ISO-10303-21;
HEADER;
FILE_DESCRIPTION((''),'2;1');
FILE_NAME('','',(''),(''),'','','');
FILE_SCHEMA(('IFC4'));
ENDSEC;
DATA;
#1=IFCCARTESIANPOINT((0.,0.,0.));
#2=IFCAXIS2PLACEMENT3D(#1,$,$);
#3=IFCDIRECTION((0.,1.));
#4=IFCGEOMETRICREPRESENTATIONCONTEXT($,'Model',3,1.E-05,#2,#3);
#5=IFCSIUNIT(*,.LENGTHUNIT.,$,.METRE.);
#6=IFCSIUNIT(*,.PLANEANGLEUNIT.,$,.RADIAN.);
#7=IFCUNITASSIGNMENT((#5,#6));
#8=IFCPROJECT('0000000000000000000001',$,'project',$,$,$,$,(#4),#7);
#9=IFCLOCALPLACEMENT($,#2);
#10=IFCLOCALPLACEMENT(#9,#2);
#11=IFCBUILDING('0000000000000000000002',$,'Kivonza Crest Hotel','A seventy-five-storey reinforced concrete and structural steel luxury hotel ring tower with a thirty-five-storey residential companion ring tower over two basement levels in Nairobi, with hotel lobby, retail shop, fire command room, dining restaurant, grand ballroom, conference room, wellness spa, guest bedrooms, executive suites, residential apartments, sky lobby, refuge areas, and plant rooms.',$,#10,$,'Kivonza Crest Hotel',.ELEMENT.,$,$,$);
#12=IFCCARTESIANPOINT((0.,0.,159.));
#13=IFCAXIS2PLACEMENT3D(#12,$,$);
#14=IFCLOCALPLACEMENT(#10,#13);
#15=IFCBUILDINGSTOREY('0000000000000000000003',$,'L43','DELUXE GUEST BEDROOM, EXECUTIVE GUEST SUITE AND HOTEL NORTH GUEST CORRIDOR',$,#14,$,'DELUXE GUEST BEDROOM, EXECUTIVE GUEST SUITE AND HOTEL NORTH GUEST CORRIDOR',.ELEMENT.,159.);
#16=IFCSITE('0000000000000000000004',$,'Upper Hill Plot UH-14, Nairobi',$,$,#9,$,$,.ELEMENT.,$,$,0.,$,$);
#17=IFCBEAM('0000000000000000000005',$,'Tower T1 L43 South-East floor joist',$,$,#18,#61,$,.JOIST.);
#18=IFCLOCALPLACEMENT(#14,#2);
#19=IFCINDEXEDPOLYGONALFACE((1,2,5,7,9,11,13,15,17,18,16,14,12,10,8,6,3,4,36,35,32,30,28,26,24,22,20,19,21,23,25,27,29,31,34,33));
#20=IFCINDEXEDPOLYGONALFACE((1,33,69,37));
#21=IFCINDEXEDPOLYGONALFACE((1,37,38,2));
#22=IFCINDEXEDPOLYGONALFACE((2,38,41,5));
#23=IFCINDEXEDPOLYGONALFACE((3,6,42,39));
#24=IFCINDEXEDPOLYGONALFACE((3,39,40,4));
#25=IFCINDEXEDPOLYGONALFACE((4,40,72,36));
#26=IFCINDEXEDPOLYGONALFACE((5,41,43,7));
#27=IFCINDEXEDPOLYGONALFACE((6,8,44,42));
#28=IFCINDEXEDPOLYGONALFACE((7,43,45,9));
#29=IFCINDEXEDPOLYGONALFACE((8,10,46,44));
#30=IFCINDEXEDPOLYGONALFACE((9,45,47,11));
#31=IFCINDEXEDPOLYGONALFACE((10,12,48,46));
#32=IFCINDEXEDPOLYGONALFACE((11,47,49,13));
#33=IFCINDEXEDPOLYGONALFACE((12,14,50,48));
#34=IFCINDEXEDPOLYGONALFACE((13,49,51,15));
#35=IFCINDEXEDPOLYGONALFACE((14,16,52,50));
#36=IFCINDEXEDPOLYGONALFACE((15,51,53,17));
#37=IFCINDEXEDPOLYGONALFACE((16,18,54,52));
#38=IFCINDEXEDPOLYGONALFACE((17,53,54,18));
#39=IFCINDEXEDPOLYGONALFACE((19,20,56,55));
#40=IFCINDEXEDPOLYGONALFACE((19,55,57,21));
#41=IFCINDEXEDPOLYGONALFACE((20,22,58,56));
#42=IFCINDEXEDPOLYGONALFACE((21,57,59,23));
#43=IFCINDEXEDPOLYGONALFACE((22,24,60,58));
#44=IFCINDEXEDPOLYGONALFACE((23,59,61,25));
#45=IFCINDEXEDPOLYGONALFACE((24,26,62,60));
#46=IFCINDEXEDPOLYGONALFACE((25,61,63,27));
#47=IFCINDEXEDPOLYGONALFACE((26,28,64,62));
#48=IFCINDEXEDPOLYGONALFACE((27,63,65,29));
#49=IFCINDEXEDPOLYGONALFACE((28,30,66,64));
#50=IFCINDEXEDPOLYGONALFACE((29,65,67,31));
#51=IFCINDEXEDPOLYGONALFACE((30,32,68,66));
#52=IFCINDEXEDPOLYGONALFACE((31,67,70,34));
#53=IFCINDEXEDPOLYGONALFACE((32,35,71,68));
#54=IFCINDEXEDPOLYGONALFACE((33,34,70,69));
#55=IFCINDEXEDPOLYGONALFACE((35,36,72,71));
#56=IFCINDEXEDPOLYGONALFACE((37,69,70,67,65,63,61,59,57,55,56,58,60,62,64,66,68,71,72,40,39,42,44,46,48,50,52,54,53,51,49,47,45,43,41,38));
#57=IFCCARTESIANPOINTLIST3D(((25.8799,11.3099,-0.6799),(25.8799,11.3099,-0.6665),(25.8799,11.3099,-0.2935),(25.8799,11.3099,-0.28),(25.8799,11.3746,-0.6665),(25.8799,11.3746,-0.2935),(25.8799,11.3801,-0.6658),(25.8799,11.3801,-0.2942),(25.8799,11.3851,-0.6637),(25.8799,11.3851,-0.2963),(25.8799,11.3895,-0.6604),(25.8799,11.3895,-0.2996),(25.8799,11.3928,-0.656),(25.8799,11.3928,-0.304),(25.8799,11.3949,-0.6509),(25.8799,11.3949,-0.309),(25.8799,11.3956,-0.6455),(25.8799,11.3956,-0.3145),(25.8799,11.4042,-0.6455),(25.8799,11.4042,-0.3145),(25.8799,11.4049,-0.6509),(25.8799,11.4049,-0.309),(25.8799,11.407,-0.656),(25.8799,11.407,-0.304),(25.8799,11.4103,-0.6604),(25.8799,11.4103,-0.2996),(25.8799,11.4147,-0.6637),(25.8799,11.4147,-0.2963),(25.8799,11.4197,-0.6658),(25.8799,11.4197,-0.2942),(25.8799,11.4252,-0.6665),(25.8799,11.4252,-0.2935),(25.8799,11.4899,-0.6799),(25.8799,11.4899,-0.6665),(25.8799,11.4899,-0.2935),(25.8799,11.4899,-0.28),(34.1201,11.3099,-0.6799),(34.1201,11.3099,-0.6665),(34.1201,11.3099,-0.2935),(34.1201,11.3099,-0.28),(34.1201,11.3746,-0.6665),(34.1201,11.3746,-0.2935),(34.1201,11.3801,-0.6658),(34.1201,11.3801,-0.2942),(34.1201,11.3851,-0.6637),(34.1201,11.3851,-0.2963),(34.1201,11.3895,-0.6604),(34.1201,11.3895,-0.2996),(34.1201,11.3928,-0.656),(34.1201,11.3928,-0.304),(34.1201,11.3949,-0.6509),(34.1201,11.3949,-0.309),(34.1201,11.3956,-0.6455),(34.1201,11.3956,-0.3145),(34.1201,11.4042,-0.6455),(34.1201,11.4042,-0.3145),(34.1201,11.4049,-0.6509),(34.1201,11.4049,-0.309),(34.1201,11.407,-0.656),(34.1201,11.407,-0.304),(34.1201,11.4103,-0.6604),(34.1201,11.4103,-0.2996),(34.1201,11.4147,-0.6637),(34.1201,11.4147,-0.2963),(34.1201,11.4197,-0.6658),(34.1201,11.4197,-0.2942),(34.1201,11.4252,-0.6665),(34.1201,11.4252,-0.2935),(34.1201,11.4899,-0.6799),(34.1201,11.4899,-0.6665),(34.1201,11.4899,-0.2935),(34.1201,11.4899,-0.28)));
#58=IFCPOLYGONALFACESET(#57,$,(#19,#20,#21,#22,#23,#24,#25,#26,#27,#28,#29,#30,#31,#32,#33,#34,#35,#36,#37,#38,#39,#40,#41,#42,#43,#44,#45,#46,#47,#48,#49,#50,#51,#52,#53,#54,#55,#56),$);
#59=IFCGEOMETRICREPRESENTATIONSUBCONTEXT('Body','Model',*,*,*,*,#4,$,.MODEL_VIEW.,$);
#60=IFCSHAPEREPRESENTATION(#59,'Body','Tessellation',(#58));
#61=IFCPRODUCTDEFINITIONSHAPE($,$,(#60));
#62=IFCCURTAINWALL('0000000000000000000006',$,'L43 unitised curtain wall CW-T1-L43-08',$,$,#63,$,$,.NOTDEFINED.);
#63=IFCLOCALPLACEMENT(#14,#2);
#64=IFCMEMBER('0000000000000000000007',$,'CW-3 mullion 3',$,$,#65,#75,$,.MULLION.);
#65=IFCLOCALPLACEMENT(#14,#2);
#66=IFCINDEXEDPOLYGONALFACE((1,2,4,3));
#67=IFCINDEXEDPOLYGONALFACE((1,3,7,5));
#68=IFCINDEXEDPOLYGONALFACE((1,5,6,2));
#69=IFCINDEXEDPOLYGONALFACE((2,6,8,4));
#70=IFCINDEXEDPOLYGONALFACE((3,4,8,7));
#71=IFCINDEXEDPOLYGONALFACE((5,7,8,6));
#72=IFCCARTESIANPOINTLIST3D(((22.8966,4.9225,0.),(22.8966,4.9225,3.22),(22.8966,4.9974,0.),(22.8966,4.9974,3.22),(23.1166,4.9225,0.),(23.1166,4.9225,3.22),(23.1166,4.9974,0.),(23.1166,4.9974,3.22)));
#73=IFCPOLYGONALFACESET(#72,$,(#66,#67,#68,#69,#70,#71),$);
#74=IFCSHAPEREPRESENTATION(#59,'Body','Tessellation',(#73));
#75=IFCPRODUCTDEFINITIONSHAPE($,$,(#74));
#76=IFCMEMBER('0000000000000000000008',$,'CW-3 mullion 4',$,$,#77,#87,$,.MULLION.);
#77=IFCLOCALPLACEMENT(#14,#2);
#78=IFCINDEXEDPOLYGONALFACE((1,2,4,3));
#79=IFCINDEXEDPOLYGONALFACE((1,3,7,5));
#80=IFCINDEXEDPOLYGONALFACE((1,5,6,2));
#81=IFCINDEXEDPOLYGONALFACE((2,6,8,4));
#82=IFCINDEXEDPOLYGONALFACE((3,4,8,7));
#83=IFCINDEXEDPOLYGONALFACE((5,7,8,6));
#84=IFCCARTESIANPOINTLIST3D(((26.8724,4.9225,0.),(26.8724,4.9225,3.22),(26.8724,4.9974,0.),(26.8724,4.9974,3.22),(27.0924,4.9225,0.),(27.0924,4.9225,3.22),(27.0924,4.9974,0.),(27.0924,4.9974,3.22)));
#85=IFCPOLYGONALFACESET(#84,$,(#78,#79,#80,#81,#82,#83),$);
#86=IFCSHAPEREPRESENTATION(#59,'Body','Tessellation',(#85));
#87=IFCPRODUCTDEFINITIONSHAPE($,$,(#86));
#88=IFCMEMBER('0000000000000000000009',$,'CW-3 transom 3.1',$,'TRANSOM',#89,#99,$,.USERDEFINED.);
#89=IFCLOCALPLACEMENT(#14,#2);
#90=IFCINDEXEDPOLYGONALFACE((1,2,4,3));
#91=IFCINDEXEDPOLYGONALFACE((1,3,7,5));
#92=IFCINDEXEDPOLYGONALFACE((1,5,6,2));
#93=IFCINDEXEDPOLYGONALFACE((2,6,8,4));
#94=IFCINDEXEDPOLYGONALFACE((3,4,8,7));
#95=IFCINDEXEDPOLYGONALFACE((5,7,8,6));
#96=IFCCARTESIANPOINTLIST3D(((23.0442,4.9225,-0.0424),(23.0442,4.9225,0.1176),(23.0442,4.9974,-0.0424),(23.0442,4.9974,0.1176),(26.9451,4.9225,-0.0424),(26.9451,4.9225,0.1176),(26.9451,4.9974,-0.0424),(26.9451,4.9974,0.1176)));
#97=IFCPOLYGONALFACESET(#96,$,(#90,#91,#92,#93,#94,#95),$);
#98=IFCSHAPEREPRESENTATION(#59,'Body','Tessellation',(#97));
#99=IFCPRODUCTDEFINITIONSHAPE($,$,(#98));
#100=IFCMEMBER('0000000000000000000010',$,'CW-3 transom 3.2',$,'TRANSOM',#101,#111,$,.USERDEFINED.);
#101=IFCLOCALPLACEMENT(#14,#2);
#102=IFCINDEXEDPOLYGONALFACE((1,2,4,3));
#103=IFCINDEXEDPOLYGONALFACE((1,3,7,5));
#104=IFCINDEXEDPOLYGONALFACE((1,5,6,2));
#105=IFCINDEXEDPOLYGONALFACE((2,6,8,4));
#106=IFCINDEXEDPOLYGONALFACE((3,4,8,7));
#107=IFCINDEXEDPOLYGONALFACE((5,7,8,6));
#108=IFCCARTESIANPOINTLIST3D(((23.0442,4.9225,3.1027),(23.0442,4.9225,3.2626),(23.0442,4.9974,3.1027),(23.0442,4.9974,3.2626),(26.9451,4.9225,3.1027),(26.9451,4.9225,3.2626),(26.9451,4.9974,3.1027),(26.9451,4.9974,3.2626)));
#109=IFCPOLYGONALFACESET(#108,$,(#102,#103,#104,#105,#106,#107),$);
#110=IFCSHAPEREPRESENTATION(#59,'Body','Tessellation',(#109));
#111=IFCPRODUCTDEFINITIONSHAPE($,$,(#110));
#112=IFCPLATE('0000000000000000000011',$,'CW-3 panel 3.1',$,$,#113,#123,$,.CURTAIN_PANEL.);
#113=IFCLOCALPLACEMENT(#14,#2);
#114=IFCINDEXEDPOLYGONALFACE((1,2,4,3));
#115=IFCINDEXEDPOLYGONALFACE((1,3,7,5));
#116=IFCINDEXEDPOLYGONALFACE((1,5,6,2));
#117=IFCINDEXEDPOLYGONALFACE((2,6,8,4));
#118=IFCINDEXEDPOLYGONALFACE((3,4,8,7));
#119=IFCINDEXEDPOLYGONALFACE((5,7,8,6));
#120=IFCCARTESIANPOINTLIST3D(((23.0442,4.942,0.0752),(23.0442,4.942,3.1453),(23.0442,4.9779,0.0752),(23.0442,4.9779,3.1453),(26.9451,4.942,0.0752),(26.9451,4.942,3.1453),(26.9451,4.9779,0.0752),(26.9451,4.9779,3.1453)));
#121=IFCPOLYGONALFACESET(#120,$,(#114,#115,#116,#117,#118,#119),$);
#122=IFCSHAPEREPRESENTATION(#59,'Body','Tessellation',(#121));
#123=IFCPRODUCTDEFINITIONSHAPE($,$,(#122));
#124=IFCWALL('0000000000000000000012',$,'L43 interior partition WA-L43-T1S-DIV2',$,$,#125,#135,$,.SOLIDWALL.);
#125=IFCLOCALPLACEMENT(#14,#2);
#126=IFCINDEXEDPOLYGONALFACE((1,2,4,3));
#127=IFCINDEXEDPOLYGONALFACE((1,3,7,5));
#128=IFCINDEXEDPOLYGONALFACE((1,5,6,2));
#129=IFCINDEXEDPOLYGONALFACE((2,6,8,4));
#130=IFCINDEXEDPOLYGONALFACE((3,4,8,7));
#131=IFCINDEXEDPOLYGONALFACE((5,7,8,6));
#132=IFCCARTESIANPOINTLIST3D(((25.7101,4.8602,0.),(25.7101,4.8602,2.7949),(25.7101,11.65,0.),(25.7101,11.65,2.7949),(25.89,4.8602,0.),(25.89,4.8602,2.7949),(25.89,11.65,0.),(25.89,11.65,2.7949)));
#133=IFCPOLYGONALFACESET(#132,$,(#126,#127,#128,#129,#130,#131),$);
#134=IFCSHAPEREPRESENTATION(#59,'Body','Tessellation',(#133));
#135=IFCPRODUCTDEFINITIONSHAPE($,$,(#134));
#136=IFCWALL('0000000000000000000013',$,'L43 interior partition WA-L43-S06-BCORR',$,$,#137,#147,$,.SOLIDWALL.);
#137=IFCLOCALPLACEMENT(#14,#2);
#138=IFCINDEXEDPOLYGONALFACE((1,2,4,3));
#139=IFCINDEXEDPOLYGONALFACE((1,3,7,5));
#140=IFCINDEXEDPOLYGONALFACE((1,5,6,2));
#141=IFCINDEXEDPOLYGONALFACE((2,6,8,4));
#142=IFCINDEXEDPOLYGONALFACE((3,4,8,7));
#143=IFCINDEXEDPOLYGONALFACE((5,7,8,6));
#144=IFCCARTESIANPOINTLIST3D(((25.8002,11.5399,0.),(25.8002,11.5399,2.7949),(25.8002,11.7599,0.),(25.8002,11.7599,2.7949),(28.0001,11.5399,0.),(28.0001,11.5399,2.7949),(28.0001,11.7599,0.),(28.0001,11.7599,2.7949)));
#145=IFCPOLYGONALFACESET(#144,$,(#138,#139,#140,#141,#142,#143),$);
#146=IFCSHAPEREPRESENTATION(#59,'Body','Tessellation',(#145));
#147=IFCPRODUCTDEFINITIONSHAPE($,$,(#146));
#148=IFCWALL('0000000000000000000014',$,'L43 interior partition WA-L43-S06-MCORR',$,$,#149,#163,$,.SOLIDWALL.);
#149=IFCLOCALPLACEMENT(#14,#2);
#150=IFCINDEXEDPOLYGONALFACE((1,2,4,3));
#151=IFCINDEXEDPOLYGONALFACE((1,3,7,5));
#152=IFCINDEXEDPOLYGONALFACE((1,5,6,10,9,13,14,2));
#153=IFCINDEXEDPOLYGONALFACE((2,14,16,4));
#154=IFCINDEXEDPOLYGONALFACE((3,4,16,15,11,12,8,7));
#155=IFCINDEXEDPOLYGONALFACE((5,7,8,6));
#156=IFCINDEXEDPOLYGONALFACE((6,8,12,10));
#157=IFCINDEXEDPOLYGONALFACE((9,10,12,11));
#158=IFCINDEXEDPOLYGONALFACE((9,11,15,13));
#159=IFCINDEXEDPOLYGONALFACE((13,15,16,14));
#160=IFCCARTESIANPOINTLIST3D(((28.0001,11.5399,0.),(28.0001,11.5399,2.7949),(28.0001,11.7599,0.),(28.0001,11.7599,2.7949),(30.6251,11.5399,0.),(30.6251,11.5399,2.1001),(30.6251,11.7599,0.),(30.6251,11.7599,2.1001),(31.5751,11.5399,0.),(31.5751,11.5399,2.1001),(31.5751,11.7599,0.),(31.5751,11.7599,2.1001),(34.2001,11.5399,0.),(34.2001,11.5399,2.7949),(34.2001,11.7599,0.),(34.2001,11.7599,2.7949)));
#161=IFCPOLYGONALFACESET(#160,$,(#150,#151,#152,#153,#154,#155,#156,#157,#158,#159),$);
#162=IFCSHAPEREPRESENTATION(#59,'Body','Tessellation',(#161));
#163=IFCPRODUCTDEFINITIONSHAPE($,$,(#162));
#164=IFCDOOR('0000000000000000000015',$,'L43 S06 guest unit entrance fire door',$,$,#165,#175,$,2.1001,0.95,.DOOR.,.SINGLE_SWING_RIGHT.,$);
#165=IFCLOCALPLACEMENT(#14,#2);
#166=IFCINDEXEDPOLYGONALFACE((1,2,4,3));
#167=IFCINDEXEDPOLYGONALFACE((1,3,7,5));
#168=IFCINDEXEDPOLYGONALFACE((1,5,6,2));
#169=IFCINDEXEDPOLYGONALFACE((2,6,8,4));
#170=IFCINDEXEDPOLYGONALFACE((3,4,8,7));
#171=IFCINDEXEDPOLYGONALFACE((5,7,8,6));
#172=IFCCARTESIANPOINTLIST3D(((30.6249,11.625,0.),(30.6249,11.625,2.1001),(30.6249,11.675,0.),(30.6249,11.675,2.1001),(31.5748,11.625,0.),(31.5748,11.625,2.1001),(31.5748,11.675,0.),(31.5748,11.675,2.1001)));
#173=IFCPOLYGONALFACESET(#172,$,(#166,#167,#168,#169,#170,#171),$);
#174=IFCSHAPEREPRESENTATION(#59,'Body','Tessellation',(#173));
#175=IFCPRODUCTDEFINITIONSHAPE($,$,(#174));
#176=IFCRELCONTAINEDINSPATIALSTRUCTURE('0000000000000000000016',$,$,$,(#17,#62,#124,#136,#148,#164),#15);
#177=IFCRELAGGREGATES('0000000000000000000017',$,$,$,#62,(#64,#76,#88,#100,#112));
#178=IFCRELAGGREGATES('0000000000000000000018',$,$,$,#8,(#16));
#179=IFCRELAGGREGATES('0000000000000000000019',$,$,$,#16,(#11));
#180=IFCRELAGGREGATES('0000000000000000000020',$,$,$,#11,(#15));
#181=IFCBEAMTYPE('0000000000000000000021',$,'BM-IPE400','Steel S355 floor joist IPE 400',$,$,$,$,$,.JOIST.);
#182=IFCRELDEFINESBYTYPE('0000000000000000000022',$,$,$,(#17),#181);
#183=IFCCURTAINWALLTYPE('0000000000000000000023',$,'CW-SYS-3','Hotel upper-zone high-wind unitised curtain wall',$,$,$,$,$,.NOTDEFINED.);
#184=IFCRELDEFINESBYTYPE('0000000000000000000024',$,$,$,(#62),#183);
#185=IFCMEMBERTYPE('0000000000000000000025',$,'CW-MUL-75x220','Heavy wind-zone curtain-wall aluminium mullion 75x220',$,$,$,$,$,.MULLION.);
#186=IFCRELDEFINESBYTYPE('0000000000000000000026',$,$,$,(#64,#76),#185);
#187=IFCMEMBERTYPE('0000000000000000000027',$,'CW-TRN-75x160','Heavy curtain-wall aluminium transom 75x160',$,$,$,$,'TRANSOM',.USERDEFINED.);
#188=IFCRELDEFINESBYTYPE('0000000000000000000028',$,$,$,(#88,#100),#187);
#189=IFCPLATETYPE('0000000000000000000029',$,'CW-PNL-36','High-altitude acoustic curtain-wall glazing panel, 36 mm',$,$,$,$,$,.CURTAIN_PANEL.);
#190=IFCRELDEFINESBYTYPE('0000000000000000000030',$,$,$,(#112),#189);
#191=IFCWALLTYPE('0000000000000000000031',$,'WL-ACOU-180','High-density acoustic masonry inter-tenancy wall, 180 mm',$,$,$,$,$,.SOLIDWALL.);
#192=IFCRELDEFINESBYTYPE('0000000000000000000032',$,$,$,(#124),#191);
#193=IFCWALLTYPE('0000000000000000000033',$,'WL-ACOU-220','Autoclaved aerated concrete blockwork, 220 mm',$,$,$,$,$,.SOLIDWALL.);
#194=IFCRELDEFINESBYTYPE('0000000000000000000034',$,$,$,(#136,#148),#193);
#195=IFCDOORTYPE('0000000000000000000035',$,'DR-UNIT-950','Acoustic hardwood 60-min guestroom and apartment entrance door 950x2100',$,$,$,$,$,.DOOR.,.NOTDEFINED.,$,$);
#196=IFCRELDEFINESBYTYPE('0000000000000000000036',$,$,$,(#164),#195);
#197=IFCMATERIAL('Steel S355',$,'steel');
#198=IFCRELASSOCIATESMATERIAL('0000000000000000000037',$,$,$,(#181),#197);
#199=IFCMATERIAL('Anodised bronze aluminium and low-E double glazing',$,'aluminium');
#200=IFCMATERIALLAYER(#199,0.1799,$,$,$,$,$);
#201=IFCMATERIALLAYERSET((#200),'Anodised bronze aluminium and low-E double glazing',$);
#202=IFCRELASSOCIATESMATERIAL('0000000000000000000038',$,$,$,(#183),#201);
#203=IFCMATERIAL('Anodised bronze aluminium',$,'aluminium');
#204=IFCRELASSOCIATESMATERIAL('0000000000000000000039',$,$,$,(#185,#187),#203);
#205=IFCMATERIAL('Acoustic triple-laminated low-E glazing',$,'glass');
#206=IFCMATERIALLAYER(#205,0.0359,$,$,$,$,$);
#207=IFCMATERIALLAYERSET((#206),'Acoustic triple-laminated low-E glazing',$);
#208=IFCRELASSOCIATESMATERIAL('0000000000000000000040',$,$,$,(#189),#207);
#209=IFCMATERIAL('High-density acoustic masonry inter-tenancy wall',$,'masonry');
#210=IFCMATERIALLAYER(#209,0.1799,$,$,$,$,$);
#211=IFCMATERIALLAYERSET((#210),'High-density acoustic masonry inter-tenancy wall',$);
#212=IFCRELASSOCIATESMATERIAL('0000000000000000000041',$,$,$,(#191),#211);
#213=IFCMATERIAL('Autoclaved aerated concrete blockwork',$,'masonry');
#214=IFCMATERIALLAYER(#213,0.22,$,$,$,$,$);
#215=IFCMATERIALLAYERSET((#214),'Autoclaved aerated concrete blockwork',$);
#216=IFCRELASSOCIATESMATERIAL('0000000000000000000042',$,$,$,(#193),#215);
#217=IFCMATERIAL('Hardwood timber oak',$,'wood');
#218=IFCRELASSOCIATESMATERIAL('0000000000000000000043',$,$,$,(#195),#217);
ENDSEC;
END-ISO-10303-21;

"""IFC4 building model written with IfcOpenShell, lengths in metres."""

from ifc_helpers import new_model, si_unit, direction, frame, frame_2d, origin, origin_2d, place, context, subcontext, project, spatial, rectangle, i_section, extrude, material, layer, layer_set, material_profile, profile_set, type_object, element, fill, aggregate, save


model = new_model("IFC4")

# Units and contexts
model_context = context("Model", 3, precision=1e-05, world=origin(), true_north=direction((0.0, 1.0)))
body_context = subcontext(model_context, "Body", "Model", "MODEL_VIEW")
ifc_project = project(units=[si_unit("LENGTHUNIT", "METRE"), si_unit("PLANEANGLEUNIT", "RADIAN")], contexts=[model_context])

# Site, building, storey
site_placement = place(None, origin())
site = spatial("IfcSite", under=ifc_project, at=site_placement, Name="Upper Hill Plot UH-14, Nairobi", CompositionType="ELEMENT", RefElevation=0.0)
building_placement = place(site_placement, origin())
building = spatial("IfcBuilding", under=site, at=building_placement, Name="Kivonza Crest Hotel", Description="A seventy-five-storey reinforced concrete and structural steel luxury hotel ring tower with a thirty-five-storey residential companion ring tower over two basement levels in Nairobi, with hotel lobby, retail shop, fire command room, dining restaurant, grand ballroom, conference room, wellness spa, guest bedrooms, executive suites, residential apartments, sky lobby, refuge areas, and plant rooms.", LongName="Kivonza Crest Hotel", CompositionType="ELEMENT")
storey_placement = place(building_placement, frame((0.0, 0.0, 159.0)))
storey = spatial("IfcBuildingStorey", under=building, at=storey_placement, Name="L43", Description="DELUXE GUEST BEDROOM, EXECUTIVE GUEST SUITE AND HOTEL NORTH GUEST CORRIDOR", LongName="DELUXE GUEST BEDROOM, EXECUTIVE GUEST SUITE AND HOTEL NORTH GUEST CORRIDOR", CompositionType="ELEMENT", Elevation=159.0)

# Beam
ifc_material_1 = material(Name="Steel S355", Category="steel")
ifc_material_profile_1 = material_profile(ifc_material_1, i_section(OverallWidth=0.1799, OverallDepth=0.3999, WebThickness=0.0085, FlangeThickness=0.0134, FilletRadius=0.021, at=origin_2d()), Name="IPE 400")
ifc_profile_set_1 = profile_set([ifc_material_profile_1], Name="Steel S355")
beam_type_1 = type_object("IfcBeamType", Name="BM-IPE400", Description="Steel S355 floor joist IPE 400", PredefinedType="JOIST", material=ifc_profile_set_1)
beam_1_placement = place(storey_placement, frame((25.8799, 11.3999, -0.48), z_axis=(1.0, 0.0, 0.0), x_axis=(0.0, 1.0, 0.0)))
element("IfcBeam", 1, at=beam_1_placement, inside=storey, type_object=beam_type_1, Name="Tower T1 L43 South-East floor joist", PredefinedType="JOIST", context=body_context, shape_type="SweptSolid", body=[
    extrude(i_section(OverallWidth=0.1799, OverallDepth=0.3999, WebThickness=0.0085, FlangeThickness=0.0134, FilletRadius=0.021, at=origin_2d()), origin(), (0.0, 0.0, 1.0), 8.2402),
])

# Curtain wall, members, plate
ifc_material_2 = material(Name="Anodised bronze aluminium and low-E double glazing", Category="aluminium")
ifc_layer_1 = layer(ifc_material_2, 0.1799)
ifc_layer_set_1 = layer_set([ifc_layer_1], Name="Anodised bronze aluminium and low-E double glazing")
curtain_wall_type = type_object("IfcCurtainWallType", Name="CW-SYS-3", Description="Hotel upper-zone high-wind unitised curtain wall", PredefinedType="NOTDEFINED", material=ifc_layer_set_1)
curtain_wall_placement = place(storey_placement, origin())
curtain_wall = element("IfcCurtainWall", 2, at=curtain_wall_placement, inside=storey, type_object=curtain_wall_type, Name="L43 unitised curtain wall CW-T1-L43-08", PredefinedType="NOTDEFINED")
ifc_material_3 = material(Name="Anodised bronze aluminium", Category="aluminium")
ifc_material_profile_2 = material_profile(ifc_material_3, rectangle(XDim=0.075, YDim=0.22, at=origin_2d()), Name="CW-M 75x220")
ifc_profile_set_2 = profile_set([ifc_material_profile_2], Name="Anodised bronze aluminium")
member_type_1 = type_object("IfcMemberType", Name="CW-MUL-75x220", Description="Heavy wind-zone curtain-wall aluminium mullion 75x220", PredefinedType="MULLION", material=ifc_profile_set_2)
member_1_placement = place(storey_placement, frame((23.0066, 4.96, 0.0), z_axis=(0.0, 0.0, 1.0), x_axis=(0.0, 1.0, 0.0)))
member_1 = element("IfcMember", 3, at=member_1_placement, type_object=member_type_1, Name="CW-3 mullion 3", PredefinedType="MULLION", context=body_context, shape_type="SweptSolid", body=[
    extrude(rectangle(XDim=0.075, YDim=0.22, at=origin_2d()), origin(), (0.0, 0.0, 1.0), 3.22),
])
member_2_placement = place(storey_placement, frame((26.9824, 4.96, 0.0), z_axis=(0.0, 0.0, 1.0), x_axis=(0.0, 1.0, 0.0)))
member_2 = element("IfcMember", 4, at=member_2_placement, type_object=member_type_1, Name="CW-3 mullion 4", PredefinedType="MULLION", context=body_context, shape_type="SweptSolid", body=[
    extrude(rectangle(XDim=0.075, YDim=0.22, at=origin_2d()), origin(), (0.0, 0.0, 1.0), 3.22),
])
ifc_material_profile_3 = material_profile(ifc_material_3, rectangle(XDim=0.075, YDim=0.1599, at=origin_2d()), Name="CW-T 75x160")
ifc_profile_set_3 = profile_set([ifc_material_profile_3], Name="Anodised bronze aluminium")
member_type_2 = type_object("IfcMemberType", Name="CW-TRN-75x160", Description="Heavy curtain-wall aluminium transom 75x160", ElementType="TRANSOM", PredefinedType="USERDEFINED", material=ifc_profile_set_3)
member_3_placement = place(storey_placement, frame((23.0442, 4.96, 0.0376), z_axis=(1.0, 0.0, 0.0), x_axis=(0.0, 1.0, 0.0)))
member_3 = element("IfcMember", 5, at=member_3_placement, type_object=member_type_2, Name="CW-3 transom 3.1", ObjectType="TRANSOM", PredefinedType="USERDEFINED", context=body_context, shape_type="SweptSolid", body=[
    extrude(rectangle(XDim=0.075, YDim=0.1599, at=origin_2d()), origin(), (0.0, 0.0, 1.0), 3.9009),
])
member_4_placement = place(storey_placement, frame((23.0442, 4.96, 3.1826), z_axis=(1.0, 0.0, 0.0), x_axis=(0.0, 1.0, 0.0)))
member_4 = element("IfcMember", 6, at=member_4_placement, type_object=member_type_2, Name="CW-3 transom 3.2", ObjectType="TRANSOM", PredefinedType="USERDEFINED", context=body_context, shape_type="SweptSolid", body=[
    extrude(rectangle(XDim=0.075, YDim=0.1599, at=origin_2d()), origin(), (0.0, 0.0, 1.0), 3.9009),
])
ifc_material_4 = material(Name="Acoustic triple-laminated low-E glazing", Category="glass")
ifc_layer_2 = layer(ifc_material_4, 0.0359)
ifc_layer_set_2 = layer_set([ifc_layer_2], Name="Acoustic triple-laminated low-E glazing")
plate_type = type_object("IfcPlateType", Name="CW-PNL-36", Description="High-altitude acoustic curtain-wall glazing panel, 36 mm", PredefinedType="CURTAIN_PANEL", material=ifc_layer_set_2)
plate_placement = place(storey_placement, frame((24.9946, 4.96, 0.0752), z_axis=(0.0, 0.0, 1.0), x_axis=(1.0, 0.0, 0.0)))
plate = element("IfcPlate", 7, at=plate_placement, type_object=plate_type, Name="CW-3 panel 3.1", PredefinedType="CURTAIN_PANEL", context=body_context, shape_type="SweptSolid", body=[
    extrude(rectangle(XDim=3.9009, YDim=0.0359, at=origin_2d()), origin(), (0.0, 0.0, 1.0), 3.0701),
])
aggregate(curtain_wall, [member_1, member_2, member_3, member_4, plate])

# Walls
ifc_material_5 = material(Name="High-density acoustic masonry inter-tenancy wall", Category="masonry")
ifc_layer_3 = layer(ifc_material_5, 0.1799)
ifc_layer_set_3 = layer_set([ifc_layer_3], Name="High-density acoustic masonry inter-tenancy wall")
wall_type_1 = type_object("IfcWallType", Name="WL-ACOU-180", Description="High-density acoustic masonry inter-tenancy wall, 180 mm", PredefinedType="SOLIDWALL", material=ifc_layer_set_3)
wall_1_placement = place(storey_placement, frame((25.8, 4.8601, 0.0), z_axis=(0.0, 0.0, 1.0), x_axis=(0.0, 1.0, 0.0)))
element("IfcWall", 8, at=wall_1_placement, inside=storey, type_object=wall_type_1, Name="L43 interior partition WA-L43-T1S-DIV2", PredefinedType="SOLIDWALL", context=body_context, shape_type="SweptSolid", body=[
    extrude(rectangle(XDim=6.7898, YDim=0.1799, at=frame_2d((3.395, 0.0))), origin(), (0.0, 0.0, 1.0), 2.7949),
])
ifc_material_6 = material(Name="Autoclaved aerated concrete blockwork", Category="masonry")
ifc_layer_4 = layer(ifc_material_6, 0.22)
ifc_layer_set_4 = layer_set([ifc_layer_4], Name="Autoclaved aerated concrete blockwork")
wall_type_2 = type_object("IfcWallType", Name="WL-ACOU-220", Description="Autoclaved aerated concrete blockwork, 220 mm", PredefinedType="SOLIDWALL", material=ifc_layer_set_4)
wall_2_placement = place(storey_placement, frame((25.8, 11.6499, 0.0), z_axis=(0.0, 0.0, 1.0), x_axis=(1.0, 0.0, 0.0)))
element("IfcWall", 9, at=wall_2_placement, inside=storey, type_object=wall_type_2, Name="L43 interior partition WA-L43-S06-BCORR", PredefinedType="SOLIDWALL", context=body_context, shape_type="SweptSolid", body=[
    extrude(rectangle(XDim=2.2, YDim=0.22, at=frame_2d((1.1001, 0.0))), origin(), (0.0, 0.0, 1.0), 2.7949),
])

# Wall, opening, door
wall_3_placement = place(storey_placement, frame((28.0, 11.6499, 0.0), z_axis=(0.0, 0.0, 1.0), x_axis=(1.0, 0.0, 0.0)))
wall_3 = element("IfcWall", 10, at=wall_3_placement, inside=storey, type_object=wall_type_2, Name="L43 interior partition WA-L43-S06-MCORR", PredefinedType="SOLIDWALL", context=body_context, shape_type="SweptSolid", body=[
    extrude(rectangle(XDim=6.2, YDim=0.22, at=frame_2d((3.1001, 0.0))), origin(), (0.0, 0.0, 1.0), 2.7949),
])
opening_1_placement = place(wall_3_placement, frame((2.625, 0.0, 0.0)))
opening_1 = element("IfcOpeningElement", 11, at=opening_1_placement, cuts=wall_3, PredefinedType="OPENING", context=body_context, shape_type="SweptSolid", body=[
    extrude(rectangle(XDim=0.95, YDim=2.1001, at=frame_2d((0.4751, 1.05))), frame((0.0, 0.1201, 0.0), z_axis=(0.0, -1.0, 0.0), x_axis=(1.0, 0.0, 0.0)), (0.0, 0.0, 1.0), 0.24),
])
ifc_material_7 = material(Name="Hardwood timber oak", Category="wood")
door_type_1 = type_object("IfcDoorType", Name="DR-UNIT-950", Description="Acoustic hardwood 60-min guestroom and apartment entrance door 950x2100", OperationType="NOTDEFINED", PredefinedType="DOOR", material=ifc_material_7)
door_1_placement = place(opening_1_placement, frame((0.95, 0.0, 0.0), z_axis=(0.0, 0.0, 1.0), x_axis=(-1.0, 0.0, 0.0)))
door_1 = element("IfcDoor", 12, at=door_1_placement, inside=storey, type_object=door_type_1, Name="L43 S06 guest unit entrance fire door", OperationType="SINGLE_SWING_RIGHT", OverallHeight=2.1001, OverallWidth=0.95, PredefinedType="DOOR", context=body_context, shape_type="SweptSolid", body=[
    extrude(rectangle(XDim=0.95, YDim=2.1001, at=frame_2d((0.4751, 1.05))), frame((0.0, 0.0249, 0.0), z_axis=(0.0, -1.0, 0.0), x_axis=(1.0, 0.0, 0.0)), (0.0, 0.0, 1.0), 0.05),
])
fill(opening_1, door_1)

save(model, "model.ifc")
